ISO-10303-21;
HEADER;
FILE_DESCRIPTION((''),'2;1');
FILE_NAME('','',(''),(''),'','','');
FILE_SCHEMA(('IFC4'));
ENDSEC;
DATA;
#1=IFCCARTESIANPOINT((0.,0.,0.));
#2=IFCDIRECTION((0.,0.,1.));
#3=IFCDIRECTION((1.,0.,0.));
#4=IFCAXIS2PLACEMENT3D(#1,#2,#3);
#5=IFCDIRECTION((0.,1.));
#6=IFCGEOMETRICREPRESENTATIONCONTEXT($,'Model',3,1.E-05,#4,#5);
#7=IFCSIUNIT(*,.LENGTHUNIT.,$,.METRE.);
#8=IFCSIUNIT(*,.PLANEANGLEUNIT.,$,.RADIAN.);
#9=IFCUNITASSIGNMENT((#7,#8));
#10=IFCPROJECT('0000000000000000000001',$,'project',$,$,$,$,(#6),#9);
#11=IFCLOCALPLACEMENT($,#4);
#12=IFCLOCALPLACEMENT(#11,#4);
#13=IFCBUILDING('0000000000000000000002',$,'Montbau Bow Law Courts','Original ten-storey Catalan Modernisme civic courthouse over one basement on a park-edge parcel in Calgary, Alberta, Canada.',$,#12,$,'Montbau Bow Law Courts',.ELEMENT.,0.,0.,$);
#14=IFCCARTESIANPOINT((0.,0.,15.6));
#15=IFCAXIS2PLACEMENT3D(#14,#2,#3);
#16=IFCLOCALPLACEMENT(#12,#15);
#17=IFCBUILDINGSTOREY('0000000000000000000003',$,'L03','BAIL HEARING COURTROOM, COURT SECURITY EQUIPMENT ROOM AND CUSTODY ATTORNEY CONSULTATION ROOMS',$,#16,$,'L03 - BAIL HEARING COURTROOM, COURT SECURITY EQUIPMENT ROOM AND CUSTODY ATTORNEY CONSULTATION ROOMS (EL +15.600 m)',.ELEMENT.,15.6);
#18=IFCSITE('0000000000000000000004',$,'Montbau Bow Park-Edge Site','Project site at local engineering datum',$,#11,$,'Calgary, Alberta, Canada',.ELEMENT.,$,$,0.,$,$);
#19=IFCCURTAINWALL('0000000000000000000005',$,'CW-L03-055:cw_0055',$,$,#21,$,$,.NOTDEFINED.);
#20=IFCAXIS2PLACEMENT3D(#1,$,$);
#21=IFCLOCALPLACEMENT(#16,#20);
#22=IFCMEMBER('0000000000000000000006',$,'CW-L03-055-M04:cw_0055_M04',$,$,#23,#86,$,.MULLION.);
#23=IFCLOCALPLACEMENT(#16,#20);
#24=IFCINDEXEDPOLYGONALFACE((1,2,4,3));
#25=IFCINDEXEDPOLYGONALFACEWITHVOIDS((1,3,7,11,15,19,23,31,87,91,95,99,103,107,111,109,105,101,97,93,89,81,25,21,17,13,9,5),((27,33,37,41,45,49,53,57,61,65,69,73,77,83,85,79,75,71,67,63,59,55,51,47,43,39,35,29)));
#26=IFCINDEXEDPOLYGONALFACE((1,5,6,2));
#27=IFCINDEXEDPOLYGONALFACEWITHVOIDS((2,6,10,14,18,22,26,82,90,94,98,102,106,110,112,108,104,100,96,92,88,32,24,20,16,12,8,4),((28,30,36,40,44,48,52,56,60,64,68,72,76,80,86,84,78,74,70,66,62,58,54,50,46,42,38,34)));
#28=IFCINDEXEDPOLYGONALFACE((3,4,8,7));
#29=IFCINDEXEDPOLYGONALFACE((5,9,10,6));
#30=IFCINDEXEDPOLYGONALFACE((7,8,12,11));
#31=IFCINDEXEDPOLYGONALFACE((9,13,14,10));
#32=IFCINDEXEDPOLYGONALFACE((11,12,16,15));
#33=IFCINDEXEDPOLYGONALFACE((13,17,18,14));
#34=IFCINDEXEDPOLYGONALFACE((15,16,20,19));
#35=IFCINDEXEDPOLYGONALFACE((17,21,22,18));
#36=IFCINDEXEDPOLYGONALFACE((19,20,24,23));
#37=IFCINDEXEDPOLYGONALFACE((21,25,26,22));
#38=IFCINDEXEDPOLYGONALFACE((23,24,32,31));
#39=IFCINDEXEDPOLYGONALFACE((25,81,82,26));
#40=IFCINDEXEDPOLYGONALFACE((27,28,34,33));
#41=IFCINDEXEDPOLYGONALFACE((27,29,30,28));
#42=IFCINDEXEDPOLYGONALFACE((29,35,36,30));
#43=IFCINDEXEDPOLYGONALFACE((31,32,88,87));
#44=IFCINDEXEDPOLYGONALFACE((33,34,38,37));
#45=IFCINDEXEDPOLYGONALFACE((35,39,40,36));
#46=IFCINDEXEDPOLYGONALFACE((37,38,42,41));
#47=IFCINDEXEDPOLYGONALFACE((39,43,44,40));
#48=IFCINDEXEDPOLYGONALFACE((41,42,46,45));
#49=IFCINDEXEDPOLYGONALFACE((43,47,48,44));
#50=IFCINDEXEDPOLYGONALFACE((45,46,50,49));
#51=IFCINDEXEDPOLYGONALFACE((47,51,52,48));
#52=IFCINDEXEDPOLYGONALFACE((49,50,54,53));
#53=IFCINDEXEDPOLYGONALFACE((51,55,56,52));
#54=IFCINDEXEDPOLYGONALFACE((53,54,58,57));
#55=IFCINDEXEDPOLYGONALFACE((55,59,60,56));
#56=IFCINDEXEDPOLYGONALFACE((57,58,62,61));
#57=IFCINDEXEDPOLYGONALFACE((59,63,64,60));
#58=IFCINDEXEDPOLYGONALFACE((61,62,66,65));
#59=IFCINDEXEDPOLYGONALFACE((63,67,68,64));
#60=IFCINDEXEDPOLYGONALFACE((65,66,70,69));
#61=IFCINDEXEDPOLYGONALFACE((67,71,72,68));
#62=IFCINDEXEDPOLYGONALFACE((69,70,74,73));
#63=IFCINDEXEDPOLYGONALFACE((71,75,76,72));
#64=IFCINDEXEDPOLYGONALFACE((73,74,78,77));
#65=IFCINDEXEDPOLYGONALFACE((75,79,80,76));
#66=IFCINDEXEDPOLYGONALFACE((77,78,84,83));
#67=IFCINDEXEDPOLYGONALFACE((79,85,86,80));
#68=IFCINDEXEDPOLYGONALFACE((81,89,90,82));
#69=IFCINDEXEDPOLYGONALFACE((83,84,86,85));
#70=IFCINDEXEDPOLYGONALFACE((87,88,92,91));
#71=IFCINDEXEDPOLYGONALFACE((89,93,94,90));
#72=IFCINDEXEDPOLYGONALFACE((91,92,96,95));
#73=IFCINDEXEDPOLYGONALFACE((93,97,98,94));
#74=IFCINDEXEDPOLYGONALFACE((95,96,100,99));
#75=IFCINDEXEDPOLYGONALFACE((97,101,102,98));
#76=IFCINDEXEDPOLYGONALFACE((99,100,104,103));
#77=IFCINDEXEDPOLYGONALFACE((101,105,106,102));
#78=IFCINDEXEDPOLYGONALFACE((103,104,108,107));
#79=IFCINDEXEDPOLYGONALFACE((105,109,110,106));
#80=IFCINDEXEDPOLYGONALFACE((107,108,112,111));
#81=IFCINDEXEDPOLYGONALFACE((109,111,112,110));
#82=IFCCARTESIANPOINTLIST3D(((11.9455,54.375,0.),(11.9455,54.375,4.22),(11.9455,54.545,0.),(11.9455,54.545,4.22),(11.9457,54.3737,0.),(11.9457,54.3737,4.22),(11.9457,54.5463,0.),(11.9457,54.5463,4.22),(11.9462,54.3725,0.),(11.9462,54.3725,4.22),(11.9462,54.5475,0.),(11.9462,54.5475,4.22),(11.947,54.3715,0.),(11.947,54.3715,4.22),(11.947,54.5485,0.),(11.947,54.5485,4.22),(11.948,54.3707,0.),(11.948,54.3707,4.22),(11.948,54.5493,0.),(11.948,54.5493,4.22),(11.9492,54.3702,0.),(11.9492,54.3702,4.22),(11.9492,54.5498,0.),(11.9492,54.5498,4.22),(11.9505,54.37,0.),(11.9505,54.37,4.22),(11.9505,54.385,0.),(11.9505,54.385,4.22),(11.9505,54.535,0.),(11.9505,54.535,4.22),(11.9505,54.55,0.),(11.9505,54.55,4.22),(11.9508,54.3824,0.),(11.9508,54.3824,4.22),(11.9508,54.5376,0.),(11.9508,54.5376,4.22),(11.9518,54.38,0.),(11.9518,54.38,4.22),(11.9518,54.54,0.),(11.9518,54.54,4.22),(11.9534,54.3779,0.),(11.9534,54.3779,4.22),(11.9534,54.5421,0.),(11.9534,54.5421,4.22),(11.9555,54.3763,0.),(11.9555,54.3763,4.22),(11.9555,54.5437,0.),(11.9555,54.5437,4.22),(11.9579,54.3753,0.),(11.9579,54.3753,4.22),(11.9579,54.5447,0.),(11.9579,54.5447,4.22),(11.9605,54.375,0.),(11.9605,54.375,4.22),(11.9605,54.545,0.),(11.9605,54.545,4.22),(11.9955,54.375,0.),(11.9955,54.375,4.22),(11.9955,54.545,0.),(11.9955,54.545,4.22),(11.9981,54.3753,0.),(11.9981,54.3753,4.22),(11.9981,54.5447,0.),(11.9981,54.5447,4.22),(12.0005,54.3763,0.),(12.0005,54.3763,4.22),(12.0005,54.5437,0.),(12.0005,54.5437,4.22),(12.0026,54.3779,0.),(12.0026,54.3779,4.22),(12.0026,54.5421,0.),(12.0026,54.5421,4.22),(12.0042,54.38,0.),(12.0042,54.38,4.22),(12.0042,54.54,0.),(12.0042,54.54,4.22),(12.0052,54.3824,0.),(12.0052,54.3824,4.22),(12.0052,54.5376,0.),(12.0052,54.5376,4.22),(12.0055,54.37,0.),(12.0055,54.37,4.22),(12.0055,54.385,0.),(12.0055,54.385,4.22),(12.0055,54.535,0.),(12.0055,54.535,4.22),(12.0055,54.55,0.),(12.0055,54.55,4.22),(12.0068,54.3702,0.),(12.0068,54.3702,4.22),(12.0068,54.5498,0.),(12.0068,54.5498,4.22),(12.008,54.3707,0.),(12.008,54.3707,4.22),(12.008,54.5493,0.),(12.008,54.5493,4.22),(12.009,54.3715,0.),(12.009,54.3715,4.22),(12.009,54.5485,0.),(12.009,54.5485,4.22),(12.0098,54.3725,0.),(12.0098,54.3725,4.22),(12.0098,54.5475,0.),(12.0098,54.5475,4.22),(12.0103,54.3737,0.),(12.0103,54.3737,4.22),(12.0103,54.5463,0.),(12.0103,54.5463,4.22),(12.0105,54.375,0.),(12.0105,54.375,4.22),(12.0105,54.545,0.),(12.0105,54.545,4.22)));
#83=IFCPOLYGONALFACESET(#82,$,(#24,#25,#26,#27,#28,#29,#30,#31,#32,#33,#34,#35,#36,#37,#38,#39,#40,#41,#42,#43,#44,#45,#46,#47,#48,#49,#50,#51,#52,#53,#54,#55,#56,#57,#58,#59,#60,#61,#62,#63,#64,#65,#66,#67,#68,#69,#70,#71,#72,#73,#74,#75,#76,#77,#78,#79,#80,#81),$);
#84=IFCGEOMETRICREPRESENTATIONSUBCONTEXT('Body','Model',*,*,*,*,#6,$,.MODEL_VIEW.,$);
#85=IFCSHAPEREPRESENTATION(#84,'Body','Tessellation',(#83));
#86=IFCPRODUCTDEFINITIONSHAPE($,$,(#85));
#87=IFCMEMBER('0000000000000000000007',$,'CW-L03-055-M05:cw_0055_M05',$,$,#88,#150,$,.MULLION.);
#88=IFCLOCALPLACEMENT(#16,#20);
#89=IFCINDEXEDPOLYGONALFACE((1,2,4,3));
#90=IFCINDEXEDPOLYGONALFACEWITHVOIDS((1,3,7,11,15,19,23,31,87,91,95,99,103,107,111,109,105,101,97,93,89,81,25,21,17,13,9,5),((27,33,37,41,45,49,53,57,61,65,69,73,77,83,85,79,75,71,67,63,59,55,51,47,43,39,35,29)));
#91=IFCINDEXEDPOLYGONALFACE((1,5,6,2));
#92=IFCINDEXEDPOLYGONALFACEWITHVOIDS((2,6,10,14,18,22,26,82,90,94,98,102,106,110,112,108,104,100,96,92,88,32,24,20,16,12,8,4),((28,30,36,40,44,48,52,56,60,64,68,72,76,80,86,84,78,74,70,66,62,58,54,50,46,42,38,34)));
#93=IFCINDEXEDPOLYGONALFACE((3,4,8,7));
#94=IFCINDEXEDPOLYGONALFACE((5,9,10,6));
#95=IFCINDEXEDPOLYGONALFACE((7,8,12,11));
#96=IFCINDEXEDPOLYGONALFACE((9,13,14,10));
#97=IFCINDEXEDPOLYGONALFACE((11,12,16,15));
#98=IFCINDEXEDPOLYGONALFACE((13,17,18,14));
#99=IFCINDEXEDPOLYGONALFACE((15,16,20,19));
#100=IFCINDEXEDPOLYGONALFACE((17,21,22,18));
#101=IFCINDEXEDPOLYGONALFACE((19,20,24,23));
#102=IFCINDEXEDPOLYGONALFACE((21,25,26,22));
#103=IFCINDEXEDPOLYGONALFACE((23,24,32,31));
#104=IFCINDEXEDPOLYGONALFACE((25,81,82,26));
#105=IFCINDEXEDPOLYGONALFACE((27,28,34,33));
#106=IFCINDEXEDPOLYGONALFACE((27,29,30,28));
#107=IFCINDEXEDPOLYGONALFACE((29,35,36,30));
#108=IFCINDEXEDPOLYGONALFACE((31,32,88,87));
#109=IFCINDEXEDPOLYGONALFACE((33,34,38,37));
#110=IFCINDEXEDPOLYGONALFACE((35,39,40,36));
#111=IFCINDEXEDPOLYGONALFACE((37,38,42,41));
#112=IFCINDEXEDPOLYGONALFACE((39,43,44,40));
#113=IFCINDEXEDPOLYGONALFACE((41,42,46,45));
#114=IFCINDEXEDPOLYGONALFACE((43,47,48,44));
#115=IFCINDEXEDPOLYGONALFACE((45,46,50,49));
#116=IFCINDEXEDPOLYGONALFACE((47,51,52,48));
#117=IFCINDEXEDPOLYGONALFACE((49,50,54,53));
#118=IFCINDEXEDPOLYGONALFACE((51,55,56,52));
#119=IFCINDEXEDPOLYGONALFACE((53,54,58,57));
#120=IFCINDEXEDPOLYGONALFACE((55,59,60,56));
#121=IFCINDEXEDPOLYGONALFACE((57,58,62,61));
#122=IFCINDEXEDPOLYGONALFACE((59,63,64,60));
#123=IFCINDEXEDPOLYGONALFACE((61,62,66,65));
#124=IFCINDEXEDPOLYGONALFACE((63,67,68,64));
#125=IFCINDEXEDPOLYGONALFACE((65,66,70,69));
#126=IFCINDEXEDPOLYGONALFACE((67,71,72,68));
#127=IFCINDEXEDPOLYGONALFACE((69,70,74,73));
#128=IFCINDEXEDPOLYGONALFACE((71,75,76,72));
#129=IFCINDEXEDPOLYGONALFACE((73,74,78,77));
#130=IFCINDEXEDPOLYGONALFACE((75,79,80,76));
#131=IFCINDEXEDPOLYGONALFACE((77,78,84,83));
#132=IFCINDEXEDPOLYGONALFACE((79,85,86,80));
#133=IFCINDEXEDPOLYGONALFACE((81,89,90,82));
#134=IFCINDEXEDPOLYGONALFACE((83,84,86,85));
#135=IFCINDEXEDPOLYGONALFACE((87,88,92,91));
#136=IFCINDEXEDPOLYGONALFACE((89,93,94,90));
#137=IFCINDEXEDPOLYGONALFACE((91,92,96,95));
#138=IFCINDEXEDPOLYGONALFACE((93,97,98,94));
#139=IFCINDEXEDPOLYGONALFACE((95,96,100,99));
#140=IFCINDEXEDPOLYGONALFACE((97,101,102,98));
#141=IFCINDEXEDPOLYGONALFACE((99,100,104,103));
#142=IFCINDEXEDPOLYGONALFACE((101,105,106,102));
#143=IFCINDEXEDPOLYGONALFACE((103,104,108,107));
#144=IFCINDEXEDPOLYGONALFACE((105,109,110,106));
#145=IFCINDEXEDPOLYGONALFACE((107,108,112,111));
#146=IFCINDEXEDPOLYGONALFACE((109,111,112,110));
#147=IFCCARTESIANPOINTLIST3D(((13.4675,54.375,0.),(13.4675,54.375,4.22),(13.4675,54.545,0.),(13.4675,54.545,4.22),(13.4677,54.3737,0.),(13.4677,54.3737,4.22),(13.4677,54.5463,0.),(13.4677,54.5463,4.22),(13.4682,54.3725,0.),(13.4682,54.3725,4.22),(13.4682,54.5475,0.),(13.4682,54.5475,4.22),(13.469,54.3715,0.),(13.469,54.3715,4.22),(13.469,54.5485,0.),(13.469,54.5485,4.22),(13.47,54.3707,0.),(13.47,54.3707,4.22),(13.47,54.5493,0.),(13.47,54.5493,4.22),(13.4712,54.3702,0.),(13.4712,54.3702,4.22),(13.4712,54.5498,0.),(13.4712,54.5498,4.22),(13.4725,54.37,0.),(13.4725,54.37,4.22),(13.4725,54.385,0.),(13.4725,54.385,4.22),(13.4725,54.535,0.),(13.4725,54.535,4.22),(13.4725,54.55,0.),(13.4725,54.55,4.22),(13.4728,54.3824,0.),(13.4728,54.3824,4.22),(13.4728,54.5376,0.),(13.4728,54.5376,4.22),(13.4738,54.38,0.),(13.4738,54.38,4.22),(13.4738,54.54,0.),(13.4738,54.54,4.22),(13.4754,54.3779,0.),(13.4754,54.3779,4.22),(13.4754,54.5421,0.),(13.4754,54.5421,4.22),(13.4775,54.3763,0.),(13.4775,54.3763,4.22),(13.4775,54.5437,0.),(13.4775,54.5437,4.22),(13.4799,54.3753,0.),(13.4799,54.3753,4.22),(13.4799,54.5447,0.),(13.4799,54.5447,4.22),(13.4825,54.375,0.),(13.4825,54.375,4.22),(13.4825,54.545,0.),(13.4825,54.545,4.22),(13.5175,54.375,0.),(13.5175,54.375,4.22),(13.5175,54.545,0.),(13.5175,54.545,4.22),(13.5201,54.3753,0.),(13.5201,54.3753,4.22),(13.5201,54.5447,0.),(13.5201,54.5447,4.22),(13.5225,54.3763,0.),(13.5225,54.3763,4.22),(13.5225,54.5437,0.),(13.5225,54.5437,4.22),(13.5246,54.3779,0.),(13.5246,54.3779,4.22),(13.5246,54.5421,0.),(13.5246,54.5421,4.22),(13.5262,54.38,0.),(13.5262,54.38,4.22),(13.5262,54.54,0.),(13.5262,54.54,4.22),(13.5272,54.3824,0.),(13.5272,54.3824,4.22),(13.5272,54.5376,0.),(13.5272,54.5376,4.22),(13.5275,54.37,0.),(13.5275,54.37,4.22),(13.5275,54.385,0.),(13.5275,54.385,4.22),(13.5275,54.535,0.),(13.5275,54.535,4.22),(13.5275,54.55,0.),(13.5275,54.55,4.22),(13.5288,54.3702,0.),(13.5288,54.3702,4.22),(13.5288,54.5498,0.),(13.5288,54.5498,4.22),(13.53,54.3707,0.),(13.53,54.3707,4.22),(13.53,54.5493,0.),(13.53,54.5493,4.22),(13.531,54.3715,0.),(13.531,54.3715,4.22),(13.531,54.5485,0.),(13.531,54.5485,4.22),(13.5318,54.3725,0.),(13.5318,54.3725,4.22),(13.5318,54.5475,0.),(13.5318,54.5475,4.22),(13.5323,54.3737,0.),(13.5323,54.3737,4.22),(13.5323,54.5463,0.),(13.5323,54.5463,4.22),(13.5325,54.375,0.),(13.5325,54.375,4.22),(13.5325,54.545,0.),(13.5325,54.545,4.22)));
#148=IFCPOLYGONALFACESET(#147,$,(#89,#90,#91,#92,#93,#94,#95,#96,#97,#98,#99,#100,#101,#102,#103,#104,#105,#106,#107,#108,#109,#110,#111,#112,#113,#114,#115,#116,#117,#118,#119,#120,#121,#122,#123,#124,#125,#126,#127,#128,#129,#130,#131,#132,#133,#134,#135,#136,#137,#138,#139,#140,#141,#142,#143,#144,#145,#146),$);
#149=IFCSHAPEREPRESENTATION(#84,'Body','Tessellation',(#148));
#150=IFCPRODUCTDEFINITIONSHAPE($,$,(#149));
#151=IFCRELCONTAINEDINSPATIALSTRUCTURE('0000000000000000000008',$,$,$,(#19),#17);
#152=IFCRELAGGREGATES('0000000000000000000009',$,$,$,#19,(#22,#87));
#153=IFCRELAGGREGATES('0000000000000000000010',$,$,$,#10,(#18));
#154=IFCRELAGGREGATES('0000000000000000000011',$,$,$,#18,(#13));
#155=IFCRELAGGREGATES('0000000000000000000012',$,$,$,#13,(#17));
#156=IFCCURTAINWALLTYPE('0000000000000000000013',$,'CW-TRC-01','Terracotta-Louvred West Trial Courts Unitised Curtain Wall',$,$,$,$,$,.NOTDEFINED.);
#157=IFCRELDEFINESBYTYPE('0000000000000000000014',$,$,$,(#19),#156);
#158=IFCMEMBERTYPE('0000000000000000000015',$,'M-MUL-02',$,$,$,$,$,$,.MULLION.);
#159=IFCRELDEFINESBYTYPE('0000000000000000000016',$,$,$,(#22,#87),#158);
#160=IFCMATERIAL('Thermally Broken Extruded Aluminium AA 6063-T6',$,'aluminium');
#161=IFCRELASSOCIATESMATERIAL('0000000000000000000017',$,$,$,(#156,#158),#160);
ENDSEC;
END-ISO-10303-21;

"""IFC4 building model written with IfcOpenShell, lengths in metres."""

from ifc_helpers import new_model, si_unit, direction, frame, origin_with_axes, origin_2d_with_axis, place, context, subcontext, project, spatial, hollow_rectangle, extrude, material, material_profile, profile_set, type_object, element, aggregate, save


model = new_model("IFC4")

# Units and contexts
model_context = context("Model", 3, precision=1e-05, world=origin_with_axes(), true_north=direction((0.0, 1.0)))
body_context = subcontext(model_context, "Body", "Model", "MODEL_VIEW")
ifc_project = project(units=[si_unit("LENGTHUNIT", "METRE"), si_unit("PLANEANGLEUNIT", "RADIAN")], contexts=[model_context])

# Site, building, storey
site_placement = place(None, origin_with_axes())
site = spatial("IfcSite", under=ifc_project, at=site_placement, Name="Montbau Bow Park-Edge Site", Description="Project site at local engineering datum", LongName="Calgary, Alberta, Canada", CompositionType="ELEMENT", RefElevation=0.0)
building_placement = place(site_placement, origin_with_axes())
building = spatial("IfcBuilding", under=site, at=building_placement, Name="Montbau Bow Law Courts", Description="Original ten-storey Catalan Modernisme civic courthouse over one basement on a park-edge parcel in Calgary, Alberta, Canada.", LongName="Montbau Bow Law Courts", CompositionType="ELEMENT", ElevationOfRefHeight=0.0, ElevationOfTerrain=0.0)
storey_placement = place(building_placement, frame((0.0, 0.0, 15.6), z_axis=(0.0, 0.0, 1.0), x_axis=(1.0, 0.0, 0.0)))
storey = spatial("IfcBuildingStorey", under=building, at=storey_placement, Name="L03", Description="BAIL HEARING COURTROOM, COURT SECURITY EQUIPMENT ROOM AND CUSTODY ATTORNEY CONSULTATION ROOMS", LongName="L03 - BAIL HEARING COURTROOM, COURT SECURITY EQUIPMENT ROOM AND CUSTODY ATTORNEY CONSULTATION ROOMS (EL +15.600 m)", CompositionType="ELEMENT", Elevation=15.6)

# Curtain wall, members
ifc_material_1 = material(Name="Thermally Broken Extruded Aluminium AA 6063-T6", Category="aluminium")
curtain_wall_type = type_object("IfcCurtainWallType", Name="CW-TRC-01", Description="Terracotta-Louvred West Trial Courts Unitised Curtain Wall", PredefinedType="NOTDEFINED", material=ifc_material_1)
curtain_wall_1_placement = place(None, frame((7.315, 54.46, 15.6), z_axis=(0.0, 0.0, 1.0), x_axis=(1.0, 0.0, 0.0)))
curtain_wall_1 = element("IfcCurtainWall", 1, at=curtain_wall_1_placement, inside=storey, type_object=curtain_wall_type, Name="CW-L03-055:cw_0055", PredefinedType="NOTDEFINED")
ifc_material_profile_1 = material_profile(ifc_material_1, hollow_rectangle(XDim=0.065, YDim=0.18, WallThickness=0.005, InnerFilletRadius=0.01, OuterFilletRadius=0.005, at=origin_2d_with_axis()), Name="CWM-180X65", Category="Main", Priority=0)
ifc_profile_set_1 = profile_set([ifc_material_profile_1], Name="Thermally Broken Extruded Aluminium AA 6063-T6")
member_type_1 = type_object("IfcMemberType", Name="M-MUL-02", PredefinedType="MULLION", material=ifc_profile_set_1)
member_1_placement = place(None, frame((11.978, 54.46, 15.6), z_axis=(0.0, 0.0, 1.0), x_axis=(1.0, 0.0, 0.0)))
member_1 = element("IfcMember", 2, at=member_1_placement, type_object=member_type_1, Name="CW-L03-055-M04:cw_0055_M04", PredefinedType="MULLION", context=body_context, shape_type="SweptSolid", body=[
    extrude(hollow_rectangle(XDim=0.065, YDim=0.18, WallThickness=0.005, InnerFilletRadius=0.01, OuterFilletRadius=0.005, at=origin_2d_with_axis()), origin_with_axes(), (0.0, 0.0, 1.0), 4.22),
])
member_2_placement = place(None, frame((13.5, 54.46, 15.6), z_axis=(0.0, 0.0, 1.0), x_axis=(1.0, 0.0, 0.0)))
member_2 = element("IfcMember", 3, at=member_2_placement, type_object=member_type_1, Name="CW-L03-055-M05:cw_0055_M05", PredefinedType="MULLION", context=body_context, shape_type="SweptSolid", body=[
    extrude(hollow_rectangle(XDim=0.065, YDim=0.18, WallThickness=0.005, InnerFilletRadius=0.01, OuterFilletRadius=0.005, at=origin_2d_with_axis()), origin_with_axes(), (0.0, 0.0, 1.0), 4.22),
])

aggregate(curtain_wall_1, [member_1, member_2])

save(model, "model.ifc")
